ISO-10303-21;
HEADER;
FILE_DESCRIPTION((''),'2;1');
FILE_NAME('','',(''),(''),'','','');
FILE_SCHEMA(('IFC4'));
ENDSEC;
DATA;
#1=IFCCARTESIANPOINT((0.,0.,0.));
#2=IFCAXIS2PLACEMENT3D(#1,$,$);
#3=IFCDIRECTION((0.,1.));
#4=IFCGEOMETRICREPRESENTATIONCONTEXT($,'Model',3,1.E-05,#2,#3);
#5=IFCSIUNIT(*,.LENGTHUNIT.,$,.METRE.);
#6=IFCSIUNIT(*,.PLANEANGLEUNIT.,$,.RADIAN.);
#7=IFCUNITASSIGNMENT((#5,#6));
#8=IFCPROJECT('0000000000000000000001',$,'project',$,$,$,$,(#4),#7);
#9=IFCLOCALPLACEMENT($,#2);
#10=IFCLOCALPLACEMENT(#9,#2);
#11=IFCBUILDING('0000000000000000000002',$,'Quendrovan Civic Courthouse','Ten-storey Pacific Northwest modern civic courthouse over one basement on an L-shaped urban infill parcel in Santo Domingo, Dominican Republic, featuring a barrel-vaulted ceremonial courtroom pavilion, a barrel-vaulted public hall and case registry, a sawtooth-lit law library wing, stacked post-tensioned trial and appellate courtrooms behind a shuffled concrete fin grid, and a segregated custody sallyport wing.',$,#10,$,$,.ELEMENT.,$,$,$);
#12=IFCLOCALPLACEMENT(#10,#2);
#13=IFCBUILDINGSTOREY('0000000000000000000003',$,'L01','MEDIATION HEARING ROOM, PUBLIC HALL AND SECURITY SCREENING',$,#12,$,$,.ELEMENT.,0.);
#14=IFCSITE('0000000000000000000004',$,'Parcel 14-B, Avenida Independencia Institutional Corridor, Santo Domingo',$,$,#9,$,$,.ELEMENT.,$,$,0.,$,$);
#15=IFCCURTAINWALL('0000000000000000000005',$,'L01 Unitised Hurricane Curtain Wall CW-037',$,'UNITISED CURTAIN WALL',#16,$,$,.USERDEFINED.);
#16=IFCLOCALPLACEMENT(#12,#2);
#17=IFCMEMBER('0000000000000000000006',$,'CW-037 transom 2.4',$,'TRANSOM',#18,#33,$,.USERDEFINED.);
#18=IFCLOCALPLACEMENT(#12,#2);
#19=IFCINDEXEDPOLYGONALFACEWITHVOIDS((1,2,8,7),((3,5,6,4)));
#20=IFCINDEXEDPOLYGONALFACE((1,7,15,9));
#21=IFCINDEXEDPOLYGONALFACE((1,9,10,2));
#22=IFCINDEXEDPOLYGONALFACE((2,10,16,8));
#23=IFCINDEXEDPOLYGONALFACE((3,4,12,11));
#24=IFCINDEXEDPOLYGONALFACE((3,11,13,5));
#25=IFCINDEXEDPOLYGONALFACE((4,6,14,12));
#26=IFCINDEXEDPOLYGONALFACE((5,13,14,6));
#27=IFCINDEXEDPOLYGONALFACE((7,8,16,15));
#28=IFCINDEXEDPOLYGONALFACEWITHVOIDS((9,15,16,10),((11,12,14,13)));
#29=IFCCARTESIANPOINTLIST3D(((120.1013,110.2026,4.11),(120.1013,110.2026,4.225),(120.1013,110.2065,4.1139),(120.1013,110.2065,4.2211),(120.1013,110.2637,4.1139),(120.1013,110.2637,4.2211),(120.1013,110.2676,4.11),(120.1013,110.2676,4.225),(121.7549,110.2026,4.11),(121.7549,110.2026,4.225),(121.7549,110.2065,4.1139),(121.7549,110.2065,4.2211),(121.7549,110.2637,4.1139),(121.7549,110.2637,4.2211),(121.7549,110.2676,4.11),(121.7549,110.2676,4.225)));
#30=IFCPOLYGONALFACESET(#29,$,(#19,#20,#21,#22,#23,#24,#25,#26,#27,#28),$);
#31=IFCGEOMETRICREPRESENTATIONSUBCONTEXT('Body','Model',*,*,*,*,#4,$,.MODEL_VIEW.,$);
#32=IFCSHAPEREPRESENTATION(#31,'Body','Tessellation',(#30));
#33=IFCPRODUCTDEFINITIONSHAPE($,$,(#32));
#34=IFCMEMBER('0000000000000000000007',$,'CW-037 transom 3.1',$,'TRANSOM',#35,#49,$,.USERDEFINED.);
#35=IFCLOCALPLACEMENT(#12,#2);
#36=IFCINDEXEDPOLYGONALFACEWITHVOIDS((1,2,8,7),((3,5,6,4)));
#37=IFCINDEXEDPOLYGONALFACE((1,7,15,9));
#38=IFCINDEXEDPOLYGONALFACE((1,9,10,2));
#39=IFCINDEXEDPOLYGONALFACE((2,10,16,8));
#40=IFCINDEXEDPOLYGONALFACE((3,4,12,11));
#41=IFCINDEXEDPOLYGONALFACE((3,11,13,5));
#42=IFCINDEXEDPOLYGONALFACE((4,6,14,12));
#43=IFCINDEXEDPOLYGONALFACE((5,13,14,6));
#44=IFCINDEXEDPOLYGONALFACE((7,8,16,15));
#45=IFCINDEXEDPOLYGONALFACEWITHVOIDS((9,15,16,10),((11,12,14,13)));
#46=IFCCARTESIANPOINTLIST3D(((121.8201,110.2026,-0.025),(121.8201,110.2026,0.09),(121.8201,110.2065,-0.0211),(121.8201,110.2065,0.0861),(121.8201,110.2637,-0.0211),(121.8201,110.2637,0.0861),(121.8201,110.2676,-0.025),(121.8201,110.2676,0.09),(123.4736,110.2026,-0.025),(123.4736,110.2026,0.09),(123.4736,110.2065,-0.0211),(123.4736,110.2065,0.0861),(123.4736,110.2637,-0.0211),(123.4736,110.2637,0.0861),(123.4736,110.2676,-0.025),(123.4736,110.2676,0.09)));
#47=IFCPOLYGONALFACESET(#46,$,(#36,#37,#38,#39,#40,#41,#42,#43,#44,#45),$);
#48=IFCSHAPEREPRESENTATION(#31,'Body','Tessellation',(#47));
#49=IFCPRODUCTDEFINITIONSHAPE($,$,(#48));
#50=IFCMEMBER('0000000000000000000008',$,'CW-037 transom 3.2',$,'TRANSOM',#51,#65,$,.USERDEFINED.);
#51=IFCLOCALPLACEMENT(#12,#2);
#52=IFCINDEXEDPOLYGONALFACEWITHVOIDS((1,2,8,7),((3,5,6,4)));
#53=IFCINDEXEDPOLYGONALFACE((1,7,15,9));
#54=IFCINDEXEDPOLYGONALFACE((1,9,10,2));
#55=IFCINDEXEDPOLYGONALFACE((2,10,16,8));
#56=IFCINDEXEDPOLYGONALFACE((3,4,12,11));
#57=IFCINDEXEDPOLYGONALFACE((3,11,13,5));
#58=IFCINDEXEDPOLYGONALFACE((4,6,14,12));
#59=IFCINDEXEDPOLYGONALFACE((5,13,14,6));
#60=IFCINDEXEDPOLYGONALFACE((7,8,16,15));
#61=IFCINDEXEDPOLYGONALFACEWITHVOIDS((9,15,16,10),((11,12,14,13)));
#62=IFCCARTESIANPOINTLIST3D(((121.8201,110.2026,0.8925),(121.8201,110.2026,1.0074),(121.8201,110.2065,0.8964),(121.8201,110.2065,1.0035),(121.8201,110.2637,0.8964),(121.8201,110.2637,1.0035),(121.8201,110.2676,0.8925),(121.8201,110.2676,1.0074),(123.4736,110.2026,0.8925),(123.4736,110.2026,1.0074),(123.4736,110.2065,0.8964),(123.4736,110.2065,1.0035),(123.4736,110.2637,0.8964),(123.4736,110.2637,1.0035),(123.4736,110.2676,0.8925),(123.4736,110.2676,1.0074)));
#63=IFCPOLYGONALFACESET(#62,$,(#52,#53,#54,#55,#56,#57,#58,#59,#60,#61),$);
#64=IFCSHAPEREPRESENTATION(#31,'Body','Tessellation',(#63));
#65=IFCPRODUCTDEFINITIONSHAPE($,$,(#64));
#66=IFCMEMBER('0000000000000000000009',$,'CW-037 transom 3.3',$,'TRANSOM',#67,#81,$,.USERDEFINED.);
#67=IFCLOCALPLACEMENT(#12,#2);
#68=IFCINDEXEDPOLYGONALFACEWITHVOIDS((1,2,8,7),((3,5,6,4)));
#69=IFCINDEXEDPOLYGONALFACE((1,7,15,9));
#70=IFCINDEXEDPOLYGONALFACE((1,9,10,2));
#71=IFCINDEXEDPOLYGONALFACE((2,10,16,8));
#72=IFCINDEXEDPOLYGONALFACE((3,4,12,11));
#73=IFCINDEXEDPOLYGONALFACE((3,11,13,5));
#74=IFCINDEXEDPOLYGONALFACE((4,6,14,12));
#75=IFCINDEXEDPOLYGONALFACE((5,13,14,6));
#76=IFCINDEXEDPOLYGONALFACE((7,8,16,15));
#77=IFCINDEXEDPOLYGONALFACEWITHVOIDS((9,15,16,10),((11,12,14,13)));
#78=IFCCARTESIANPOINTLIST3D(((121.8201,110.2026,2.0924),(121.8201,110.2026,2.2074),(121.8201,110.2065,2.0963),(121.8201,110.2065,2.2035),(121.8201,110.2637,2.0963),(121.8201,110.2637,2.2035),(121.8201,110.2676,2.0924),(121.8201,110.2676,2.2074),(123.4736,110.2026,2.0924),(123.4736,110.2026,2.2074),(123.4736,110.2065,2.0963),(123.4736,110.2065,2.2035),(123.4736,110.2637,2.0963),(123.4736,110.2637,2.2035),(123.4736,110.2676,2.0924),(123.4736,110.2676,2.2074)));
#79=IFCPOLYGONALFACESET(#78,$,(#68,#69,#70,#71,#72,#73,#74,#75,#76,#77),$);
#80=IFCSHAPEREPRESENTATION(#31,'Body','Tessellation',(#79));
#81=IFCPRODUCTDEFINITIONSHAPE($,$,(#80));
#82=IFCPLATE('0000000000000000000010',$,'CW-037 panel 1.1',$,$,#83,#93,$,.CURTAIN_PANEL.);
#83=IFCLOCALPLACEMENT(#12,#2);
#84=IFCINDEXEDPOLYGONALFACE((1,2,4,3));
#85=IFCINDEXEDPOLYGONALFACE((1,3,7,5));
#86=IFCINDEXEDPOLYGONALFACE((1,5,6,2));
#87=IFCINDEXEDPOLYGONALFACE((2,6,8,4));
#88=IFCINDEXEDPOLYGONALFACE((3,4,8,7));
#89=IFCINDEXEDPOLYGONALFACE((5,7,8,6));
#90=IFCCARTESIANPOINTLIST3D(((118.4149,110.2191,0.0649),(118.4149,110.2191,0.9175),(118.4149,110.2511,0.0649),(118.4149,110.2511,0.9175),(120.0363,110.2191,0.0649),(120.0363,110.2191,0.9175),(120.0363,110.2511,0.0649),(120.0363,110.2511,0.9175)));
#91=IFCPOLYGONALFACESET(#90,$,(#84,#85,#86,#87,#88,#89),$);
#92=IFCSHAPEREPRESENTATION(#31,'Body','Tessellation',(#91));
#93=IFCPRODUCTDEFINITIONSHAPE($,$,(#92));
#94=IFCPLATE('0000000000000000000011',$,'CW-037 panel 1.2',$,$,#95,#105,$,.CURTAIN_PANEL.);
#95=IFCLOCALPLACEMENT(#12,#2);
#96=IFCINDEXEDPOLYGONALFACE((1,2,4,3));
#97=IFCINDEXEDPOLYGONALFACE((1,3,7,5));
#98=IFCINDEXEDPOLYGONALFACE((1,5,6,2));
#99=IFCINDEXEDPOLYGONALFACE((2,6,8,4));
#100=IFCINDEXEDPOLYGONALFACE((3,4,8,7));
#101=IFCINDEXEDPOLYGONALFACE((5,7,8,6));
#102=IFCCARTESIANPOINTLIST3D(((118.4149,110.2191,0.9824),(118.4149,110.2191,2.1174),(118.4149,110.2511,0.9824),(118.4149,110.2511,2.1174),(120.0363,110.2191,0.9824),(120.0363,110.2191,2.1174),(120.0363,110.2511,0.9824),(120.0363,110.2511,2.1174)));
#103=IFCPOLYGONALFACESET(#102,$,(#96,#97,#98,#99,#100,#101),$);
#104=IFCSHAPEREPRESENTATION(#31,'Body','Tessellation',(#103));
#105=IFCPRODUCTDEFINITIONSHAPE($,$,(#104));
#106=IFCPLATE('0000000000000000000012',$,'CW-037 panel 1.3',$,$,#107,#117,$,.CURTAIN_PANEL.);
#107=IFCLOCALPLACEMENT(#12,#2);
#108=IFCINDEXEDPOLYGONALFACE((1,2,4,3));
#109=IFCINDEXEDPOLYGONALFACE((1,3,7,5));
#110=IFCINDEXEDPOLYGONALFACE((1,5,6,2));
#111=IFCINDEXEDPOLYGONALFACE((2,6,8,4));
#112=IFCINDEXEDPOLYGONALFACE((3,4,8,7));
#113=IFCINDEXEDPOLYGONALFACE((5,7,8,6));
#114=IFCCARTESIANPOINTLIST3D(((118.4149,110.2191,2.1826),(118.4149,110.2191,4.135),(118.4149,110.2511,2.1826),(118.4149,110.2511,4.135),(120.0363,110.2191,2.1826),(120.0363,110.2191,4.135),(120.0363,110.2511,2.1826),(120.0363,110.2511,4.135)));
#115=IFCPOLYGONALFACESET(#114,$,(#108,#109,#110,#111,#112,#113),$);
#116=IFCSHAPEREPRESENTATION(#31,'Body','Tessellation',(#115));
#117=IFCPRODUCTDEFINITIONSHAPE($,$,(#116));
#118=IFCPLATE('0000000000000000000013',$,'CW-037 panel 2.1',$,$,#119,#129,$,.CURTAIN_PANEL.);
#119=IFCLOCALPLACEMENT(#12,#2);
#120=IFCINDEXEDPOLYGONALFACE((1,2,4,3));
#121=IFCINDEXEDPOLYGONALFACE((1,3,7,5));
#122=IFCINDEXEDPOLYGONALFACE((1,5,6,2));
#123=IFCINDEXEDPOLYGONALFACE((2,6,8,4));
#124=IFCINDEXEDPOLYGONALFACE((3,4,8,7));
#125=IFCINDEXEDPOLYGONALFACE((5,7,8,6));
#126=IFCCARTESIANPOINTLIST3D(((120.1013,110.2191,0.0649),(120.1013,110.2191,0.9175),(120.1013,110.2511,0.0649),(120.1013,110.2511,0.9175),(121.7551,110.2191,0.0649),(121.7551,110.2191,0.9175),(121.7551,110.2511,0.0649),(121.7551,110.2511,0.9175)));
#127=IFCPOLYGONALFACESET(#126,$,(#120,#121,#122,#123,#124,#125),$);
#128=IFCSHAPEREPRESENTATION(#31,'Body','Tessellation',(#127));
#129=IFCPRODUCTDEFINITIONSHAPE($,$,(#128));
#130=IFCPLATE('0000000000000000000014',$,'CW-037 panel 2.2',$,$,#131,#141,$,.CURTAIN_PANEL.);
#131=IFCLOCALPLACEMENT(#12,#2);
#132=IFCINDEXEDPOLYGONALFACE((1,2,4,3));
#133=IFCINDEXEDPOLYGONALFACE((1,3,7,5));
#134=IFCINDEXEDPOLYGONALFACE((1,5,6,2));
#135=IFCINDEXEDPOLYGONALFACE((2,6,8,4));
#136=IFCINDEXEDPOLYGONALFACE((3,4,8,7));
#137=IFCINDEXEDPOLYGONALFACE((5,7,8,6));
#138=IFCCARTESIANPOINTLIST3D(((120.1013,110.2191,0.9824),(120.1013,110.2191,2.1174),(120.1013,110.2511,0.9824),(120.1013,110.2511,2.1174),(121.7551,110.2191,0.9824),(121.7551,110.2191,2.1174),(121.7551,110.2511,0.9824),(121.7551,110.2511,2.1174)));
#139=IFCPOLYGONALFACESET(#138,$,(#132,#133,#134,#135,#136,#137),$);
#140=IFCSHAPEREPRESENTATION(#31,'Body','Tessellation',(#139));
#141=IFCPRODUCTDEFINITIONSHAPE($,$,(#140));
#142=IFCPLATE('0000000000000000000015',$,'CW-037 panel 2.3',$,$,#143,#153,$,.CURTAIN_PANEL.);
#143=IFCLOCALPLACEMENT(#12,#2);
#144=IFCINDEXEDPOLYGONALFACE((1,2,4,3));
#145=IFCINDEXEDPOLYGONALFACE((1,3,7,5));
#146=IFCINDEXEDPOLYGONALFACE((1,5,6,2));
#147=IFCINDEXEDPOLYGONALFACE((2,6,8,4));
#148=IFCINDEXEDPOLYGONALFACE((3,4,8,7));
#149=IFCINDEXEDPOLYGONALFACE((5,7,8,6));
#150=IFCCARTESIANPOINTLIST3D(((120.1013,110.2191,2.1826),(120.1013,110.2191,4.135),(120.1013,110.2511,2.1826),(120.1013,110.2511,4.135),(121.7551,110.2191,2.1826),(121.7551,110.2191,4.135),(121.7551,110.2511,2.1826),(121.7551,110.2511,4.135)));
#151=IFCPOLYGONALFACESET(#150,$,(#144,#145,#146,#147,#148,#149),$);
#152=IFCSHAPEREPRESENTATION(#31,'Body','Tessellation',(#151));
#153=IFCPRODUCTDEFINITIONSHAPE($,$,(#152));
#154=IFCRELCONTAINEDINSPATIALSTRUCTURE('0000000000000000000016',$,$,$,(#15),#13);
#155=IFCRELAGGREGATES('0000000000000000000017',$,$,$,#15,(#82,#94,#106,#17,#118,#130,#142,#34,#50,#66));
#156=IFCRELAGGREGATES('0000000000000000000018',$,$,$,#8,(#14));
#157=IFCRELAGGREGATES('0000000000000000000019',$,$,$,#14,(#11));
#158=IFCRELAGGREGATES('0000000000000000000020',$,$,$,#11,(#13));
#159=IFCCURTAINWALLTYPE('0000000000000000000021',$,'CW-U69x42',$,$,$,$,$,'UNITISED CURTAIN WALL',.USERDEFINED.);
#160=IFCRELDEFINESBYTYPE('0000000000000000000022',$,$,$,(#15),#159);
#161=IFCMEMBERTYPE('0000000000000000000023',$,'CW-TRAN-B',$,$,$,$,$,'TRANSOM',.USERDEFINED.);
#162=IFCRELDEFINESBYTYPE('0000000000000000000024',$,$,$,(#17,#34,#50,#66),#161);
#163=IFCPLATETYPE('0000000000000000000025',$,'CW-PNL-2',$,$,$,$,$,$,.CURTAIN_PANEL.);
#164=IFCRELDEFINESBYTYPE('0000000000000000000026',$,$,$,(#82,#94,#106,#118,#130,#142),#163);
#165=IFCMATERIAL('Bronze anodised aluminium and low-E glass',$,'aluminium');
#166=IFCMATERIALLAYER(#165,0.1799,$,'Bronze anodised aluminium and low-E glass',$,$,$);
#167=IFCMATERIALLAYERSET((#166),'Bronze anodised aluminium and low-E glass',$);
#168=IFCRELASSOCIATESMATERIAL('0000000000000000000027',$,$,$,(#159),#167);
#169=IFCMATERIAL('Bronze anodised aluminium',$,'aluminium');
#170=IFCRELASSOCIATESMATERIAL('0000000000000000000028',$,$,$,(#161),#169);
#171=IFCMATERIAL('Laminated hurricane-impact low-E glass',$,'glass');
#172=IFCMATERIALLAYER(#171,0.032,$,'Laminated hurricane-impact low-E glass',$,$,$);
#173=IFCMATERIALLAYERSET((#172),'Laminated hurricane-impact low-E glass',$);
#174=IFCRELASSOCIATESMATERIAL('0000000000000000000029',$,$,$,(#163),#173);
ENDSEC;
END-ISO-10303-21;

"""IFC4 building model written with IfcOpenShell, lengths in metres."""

from ifc_helpers import new_model, si_unit, direction, frame, origin, origin_2d, place, context, subcontext, project, spatial, rectangle, hollow_rectangle, extrude, material, layer, layer_set, material_profile, profile_set, type_object, element, aggregate, save


model = new_model("IFC4")

# Units and contexts
model_context = context("Model", 3, precision=1e-05, world=origin(), true_north=direction((0.0, 1.0)))
body_context = subcontext(model_context, "Body", "Model", "MODEL_VIEW")
ifc_project = project(units=[si_unit("LENGTHUNIT", "METRE"), si_unit("PLANEANGLEUNIT", "RADIAN")], contexts=[model_context])

# Site, building, storey
site_placement = place(None, origin())
site = spatial("IfcSite", under=ifc_project, at=site_placement, Name="Parcel 14-B, Avenida Independencia Institutional Corridor, Santo Domingo", CompositionType="ELEMENT", RefElevation=0.0)
building_placement = place(site_placement, origin())
building = spatial("IfcBuilding", under=site, at=building_placement, Name="Quendrovan Civic Courthouse", Description="Ten-storey Pacific Northwest modern civic courthouse over one basement on an L-shaped urban infill parcel in Santo Domingo, Dominican Republic, featuring a barrel-vaulted ceremonial courtroom pavilion, a barrel-vaulted public hall and case registry, a sawtooth-lit law library wing, stacked post-tensioned trial and appellate courtrooms behind a shuffled concrete fin grid, and a segregated custody sallyport wing.", CompositionType="ELEMENT")
storey_placement = place(building_placement, origin())
storey = spatial("IfcBuildingStorey", under=building, at=storey_placement, Name="L01", Description="MEDIATION HEARING ROOM, PUBLIC HALL AND SECURITY SCREENING", CompositionType="ELEMENT", Elevation=0.0)

# Curtain wall, members, plates
ifc_material_1 = material(Name="Bronze anodised aluminium and low-E glass", Category="aluminium")
ifc_layer_1 = layer(ifc_material_1, 0.1799, Name="Bronze anodised aluminium and low-E glass")
ifc_layer_set_1 = layer_set([ifc_layer_1], Name="Bronze anodised aluminium and low-E glass")
curtain_wall_type = type_object("IfcCurtainWallType", Name="CW-U69x42", ElementType="UNITISED CURTAIN WALL", PredefinedType="USERDEFINED", material=ifc_layer_set_1)
curtain_wall_placement = place(storey_placement, origin())
curtain_wall = element("IfcCurtainWall", 1, at=curtain_wall_placement, inside=storey, type_object=curtain_wall_type, Name="L01 Unitised Hurricane Curtain Wall CW-037", ObjectType="UNITISED CURTAIN WALL", PredefinedType="USERDEFINED")
ifc_material_2 = material(Name="Bronze anodised aluminium", Category="aluminium")
ifc_material_profile_1 = material_profile(ifc_material_2, hollow_rectangle(XDim=0.0649, YDim=0.115, WallThickness=0.0039, at=origin_2d()), Name="CW-TRAN-65x115")
ifc_profile_set_1 = profile_set([ifc_material_profile_1], Name="Bronze anodised aluminium")
member_type_1 = type_object("IfcMemberType", Name="CW-TRAN-B", ElementType="TRANSOM", PredefinedType="USERDEFINED", material=ifc_profile_set_1)
member_1_placement = place(storey_placement, frame((120.1013, 110.2351, 4.1675), z_axis=(1.0, 0.0, 0.0), x_axis=(0.0, 1.0, 0.0)))
member_1 = element("IfcMember", 2, at=member_1_placement, type_object=member_type_1, Name="CW-037 transom 2.4", ObjectType="TRANSOM", PredefinedType="USERDEFINED", context=body_context, shape_type="SweptSolid", body=[
    extrude(hollow_rectangle(XDim=0.0649, YDim=0.115, WallThickness=0.0039, at=origin_2d()), origin(), (0.0, 0.0, 1.0), 1.6536),
])
member_2_placement = place(storey_placement, frame((121.8201, 110.2351, 0.0325), z_axis=(1.0, 0.0, 0.0), x_axis=(0.0, 1.0, 0.0)))
member_2 = element("IfcMember", 3, at=member_2_placement, type_object=member_type_1, Name="CW-037 transom 3.1", ObjectType="TRANSOM", PredefinedType="USERDEFINED", context=body_context, shape_type="SweptSolid", body=[
    extrude(hollow_rectangle(XDim=0.0649, YDim=0.115, WallThickness=0.0039, at=origin_2d()), origin(), (0.0, 0.0, 1.0), 1.6536),
])
member_3_placement = place(storey_placement, frame((121.8201, 110.2351, 0.95), z_axis=(1.0, 0.0, 0.0), x_axis=(0.0, 1.0, 0.0)))
member_3 = element("IfcMember", 4, at=member_3_placement, type_object=member_type_1, Name="CW-037 transom 3.2", ObjectType="TRANSOM", PredefinedType="USERDEFINED", context=body_context, shape_type="SweptSolid", body=[
    extrude(hollow_rectangle(XDim=0.0649, YDim=0.115, WallThickness=0.0039, at=origin_2d()), origin(), (0.0, 0.0, 1.0), 1.6536),
])
member_4_placement = place(storey_placement, frame((121.8201, 110.2351, 2.1499), z_axis=(1.0, 0.0, 0.0), x_axis=(0.0, 1.0, 0.0)))
member_4 = element("IfcMember", 5, at=member_4_placement, type_object=member_type_1, Name="CW-037 transom 3.3", ObjectType="TRANSOM", PredefinedType="USERDEFINED", context=body_context, shape_type="SweptSolid", body=[
    extrude(hollow_rectangle(XDim=0.0649, YDim=0.115, WallThickness=0.0039, at=origin_2d()), origin(), (0.0, 0.0, 1.0), 1.6536),
])
ifc_material_3 = material(Name="Laminated hurricane-impact low-E glass", Category="glass")
ifc_layer_2 = layer(ifc_material_3, 0.032, Name="Laminated hurricane-impact low-E glass")
ifc_layer_set_2 = layer_set([ifc_layer_2], Name="Laminated hurricane-impact low-E glass")
plate_type = type_object("IfcPlateType", Name="CW-PNL-2", PredefinedType="CURTAIN_PANEL", material=ifc_layer_set_2)
plate_1_placement = place(storey_placement, frame((119.2256, 110.2351, 0.0649), z_axis=(0.0, 0.0, 1.0), x_axis=(1.0, 0.0, 0.0)))
plate_1 = element("IfcPlate", 6, at=plate_1_placement, type_object=plate_type, Name="CW-037 panel 1.1", PredefinedType="CURTAIN_PANEL", context=body_context, shape_type="SweptSolid", body=[
    extrude(rectangle(XDim=1.6213, YDim=0.032, at=origin_2d()), origin(), (0.0, 0.0, 1.0), 0.8525),
])
plate_2_placement = place(storey_placement, frame((119.2256, 110.2351, 0.9824), z_axis=(0.0, 0.0, 1.0), x_axis=(1.0, 0.0, 0.0)))
plate_2 = element("IfcPlate", 7, at=plate_2_placement, type_object=plate_type, Name="CW-037 panel 1.2", PredefinedType="CURTAIN_PANEL", context=body_context, shape_type="SweptSolid", body=[
    extrude(rectangle(XDim=1.6213, YDim=0.032, at=origin_2d()), origin(), (0.0, 0.0, 1.0), 1.135),
])
plate_3_placement = place(storey_placement, frame((119.2256, 110.2351, 2.1826), z_axis=(0.0, 0.0, 1.0), x_axis=(1.0, 0.0, 0.0)))
plate_3 = element("IfcPlate", 8, at=plate_3_placement, type_object=plate_type, Name="CW-037 panel 1.3", PredefinedType="CURTAIN_PANEL", context=body_context, shape_type="SweptSolid", body=[
    extrude(rectangle(XDim=1.6213, YDim=0.032, at=origin_2d()), origin(), (0.0, 0.0, 1.0), 1.9524),
])
plate_4_placement = place(storey_placement, frame((120.9282, 110.2351, 0.0649), z_axis=(0.0, 0.0, 1.0), x_axis=(1.0, 0.0, 0.0)))
plate_4 = element("IfcPlate", 9, at=plate_4_placement, type_object=plate_type, Name="CW-037 panel 2.1", PredefinedType="CURTAIN_PANEL", context=body_context, shape_type="SweptSolid", body=[
    extrude(rectangle(XDim=1.6538, YDim=0.032, at=origin_2d()), origin(), (0.0, 0.0, 1.0), 0.8525),
])
plate_5_placement = place(storey_placement, frame((120.9282, 110.2351, 0.9824), z_axis=(0.0, 0.0, 1.0), x_axis=(1.0, 0.0, 0.0)))
plate_5 = element("IfcPlate", 10, at=plate_5_placement, type_object=plate_type, Name="CW-037 panel 2.2", PredefinedType="CURTAIN_PANEL", context=body_context, shape_type="SweptSolid", body=[
    extrude(rectangle(XDim=1.6538, YDim=0.032, at=origin_2d()), origin(), (0.0, 0.0, 1.0), 1.135),
])
plate_6_placement = place(storey_placement, frame((120.9282, 110.2351, 2.1826), z_axis=(0.0, 0.0, 1.0), x_axis=(1.0, 0.0, 0.0)))
plate_6 = element("IfcPlate", 11, at=plate_6_placement, type_object=plate_type, Name="CW-037 panel 2.3", PredefinedType="CURTAIN_PANEL", context=body_context, shape_type="SweptSolid", body=[
    extrude(rectangle(XDim=1.6538, YDim=0.032, at=origin_2d()), origin(), (0.0, 0.0, 1.0), 1.9524),
])
aggregate(curtain_wall, [plate_1, plate_2, plate_3, member_1, plate_4, plate_5, plate_6, member_2, member_3, member_4])

save(model, "model.ifc")
